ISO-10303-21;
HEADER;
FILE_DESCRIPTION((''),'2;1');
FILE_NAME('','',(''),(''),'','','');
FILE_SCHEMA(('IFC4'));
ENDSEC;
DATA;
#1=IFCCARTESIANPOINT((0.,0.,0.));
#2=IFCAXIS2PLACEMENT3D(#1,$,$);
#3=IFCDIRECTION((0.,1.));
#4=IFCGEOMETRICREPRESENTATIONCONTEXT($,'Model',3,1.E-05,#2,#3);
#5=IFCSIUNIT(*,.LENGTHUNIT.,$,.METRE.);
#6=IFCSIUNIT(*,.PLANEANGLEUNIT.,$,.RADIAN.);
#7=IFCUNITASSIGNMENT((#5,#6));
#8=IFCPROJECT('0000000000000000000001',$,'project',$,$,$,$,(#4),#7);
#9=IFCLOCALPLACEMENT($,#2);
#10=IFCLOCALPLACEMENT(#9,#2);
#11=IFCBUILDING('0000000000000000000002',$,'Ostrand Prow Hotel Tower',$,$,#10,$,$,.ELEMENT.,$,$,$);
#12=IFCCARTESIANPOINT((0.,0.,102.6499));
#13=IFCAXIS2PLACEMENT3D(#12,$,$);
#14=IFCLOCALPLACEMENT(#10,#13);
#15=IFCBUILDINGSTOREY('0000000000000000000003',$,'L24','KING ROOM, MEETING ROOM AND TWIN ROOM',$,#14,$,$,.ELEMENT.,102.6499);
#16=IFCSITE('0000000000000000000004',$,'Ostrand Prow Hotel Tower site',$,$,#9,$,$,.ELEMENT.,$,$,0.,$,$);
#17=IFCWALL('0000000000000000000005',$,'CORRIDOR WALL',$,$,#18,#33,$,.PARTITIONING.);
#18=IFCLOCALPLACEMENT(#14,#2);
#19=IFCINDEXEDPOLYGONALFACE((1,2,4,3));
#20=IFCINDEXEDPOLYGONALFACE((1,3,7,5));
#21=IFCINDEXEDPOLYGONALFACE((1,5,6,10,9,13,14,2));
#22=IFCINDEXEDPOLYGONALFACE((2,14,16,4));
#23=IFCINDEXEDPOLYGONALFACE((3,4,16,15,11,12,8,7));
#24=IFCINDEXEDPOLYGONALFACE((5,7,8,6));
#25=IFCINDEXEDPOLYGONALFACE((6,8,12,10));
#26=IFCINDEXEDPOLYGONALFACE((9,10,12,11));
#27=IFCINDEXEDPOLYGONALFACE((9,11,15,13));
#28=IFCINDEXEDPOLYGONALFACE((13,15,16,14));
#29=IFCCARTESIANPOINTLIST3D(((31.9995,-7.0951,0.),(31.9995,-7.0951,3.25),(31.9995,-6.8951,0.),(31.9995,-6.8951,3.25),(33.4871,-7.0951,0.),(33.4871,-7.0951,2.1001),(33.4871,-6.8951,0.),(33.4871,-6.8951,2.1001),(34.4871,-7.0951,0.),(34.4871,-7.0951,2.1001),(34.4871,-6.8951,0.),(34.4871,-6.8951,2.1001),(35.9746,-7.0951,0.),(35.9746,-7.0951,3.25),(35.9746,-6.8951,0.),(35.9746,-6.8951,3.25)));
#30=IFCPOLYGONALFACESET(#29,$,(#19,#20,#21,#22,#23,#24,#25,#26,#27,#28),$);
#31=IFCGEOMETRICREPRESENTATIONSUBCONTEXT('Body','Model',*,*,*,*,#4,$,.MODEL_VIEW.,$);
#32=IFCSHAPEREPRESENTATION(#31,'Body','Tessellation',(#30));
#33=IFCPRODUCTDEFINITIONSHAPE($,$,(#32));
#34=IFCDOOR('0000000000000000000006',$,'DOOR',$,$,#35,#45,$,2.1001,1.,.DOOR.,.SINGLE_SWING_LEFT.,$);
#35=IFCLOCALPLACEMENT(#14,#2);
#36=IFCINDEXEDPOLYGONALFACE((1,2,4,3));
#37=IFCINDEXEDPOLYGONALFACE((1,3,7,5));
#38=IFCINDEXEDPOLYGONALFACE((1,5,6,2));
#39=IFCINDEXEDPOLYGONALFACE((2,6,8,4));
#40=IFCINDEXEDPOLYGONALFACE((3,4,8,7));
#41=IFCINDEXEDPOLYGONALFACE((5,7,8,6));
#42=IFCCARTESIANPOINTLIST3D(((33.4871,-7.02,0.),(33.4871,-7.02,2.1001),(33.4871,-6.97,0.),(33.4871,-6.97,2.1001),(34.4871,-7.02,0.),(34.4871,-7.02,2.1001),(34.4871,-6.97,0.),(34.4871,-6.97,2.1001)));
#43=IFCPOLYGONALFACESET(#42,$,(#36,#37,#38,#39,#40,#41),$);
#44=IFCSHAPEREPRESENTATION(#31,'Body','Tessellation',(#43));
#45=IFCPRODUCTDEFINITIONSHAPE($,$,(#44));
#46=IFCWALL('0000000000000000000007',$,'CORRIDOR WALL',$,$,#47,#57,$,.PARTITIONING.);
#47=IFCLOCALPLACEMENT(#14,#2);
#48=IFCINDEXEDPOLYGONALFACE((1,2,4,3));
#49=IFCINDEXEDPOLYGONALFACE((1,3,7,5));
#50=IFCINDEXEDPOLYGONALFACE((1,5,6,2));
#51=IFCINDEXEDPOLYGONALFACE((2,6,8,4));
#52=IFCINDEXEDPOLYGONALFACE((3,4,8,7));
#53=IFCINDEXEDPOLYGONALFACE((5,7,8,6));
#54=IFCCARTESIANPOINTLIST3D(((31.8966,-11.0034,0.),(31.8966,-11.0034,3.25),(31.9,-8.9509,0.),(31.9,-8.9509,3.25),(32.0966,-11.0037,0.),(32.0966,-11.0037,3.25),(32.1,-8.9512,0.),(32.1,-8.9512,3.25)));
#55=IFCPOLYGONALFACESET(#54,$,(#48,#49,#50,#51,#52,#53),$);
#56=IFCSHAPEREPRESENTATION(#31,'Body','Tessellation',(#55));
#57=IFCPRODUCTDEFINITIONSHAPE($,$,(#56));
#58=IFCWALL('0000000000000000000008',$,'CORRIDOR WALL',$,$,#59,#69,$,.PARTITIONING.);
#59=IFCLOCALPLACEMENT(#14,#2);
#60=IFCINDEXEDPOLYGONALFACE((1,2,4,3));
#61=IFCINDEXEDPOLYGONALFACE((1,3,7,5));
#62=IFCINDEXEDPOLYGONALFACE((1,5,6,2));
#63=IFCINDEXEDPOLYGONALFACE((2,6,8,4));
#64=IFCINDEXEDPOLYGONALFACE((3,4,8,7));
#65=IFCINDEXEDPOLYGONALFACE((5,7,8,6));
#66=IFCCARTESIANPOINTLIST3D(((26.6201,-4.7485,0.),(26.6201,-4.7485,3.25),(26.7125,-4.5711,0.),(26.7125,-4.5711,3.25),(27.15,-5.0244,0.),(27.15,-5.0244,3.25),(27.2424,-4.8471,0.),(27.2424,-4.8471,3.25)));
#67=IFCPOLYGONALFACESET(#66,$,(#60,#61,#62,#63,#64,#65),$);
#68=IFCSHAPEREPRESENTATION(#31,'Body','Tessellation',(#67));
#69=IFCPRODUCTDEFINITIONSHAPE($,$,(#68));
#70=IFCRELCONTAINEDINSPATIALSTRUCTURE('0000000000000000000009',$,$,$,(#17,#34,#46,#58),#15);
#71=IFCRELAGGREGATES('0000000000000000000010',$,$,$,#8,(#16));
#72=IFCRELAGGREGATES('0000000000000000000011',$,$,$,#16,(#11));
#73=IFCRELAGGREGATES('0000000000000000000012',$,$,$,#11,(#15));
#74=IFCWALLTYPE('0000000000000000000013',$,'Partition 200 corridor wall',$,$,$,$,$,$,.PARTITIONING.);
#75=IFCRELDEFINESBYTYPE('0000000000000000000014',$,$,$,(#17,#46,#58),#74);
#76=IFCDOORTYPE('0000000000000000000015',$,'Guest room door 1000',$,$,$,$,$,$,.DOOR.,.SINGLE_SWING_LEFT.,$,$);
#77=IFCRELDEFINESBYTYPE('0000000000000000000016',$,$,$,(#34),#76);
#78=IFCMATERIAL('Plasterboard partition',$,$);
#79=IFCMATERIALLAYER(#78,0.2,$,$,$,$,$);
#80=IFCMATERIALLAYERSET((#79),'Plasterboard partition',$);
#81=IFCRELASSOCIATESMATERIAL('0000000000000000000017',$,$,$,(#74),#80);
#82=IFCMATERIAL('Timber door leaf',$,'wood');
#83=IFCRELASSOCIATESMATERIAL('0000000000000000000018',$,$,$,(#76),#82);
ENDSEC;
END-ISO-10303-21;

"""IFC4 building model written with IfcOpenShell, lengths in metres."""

from ifc_helpers import new_model, si_unit, direction, frame, frame_2d, origin, place, context, subcontext, project, spatial, rectangle, extrude, material, layer, layer_set, type_object, element, fill, save


model = new_model("IFC4")

# Units and contexts
model_context = context("Model", 3, precision=1e-05, world=origin(), true_north=direction((0.0, 1.0)))
body_context = subcontext(model_context, "Body", "Model", "MODEL_VIEW")
ifc_project = project(units=[si_unit("LENGTHUNIT", "METRE"), si_unit("PLANEANGLEUNIT", "RADIAN")], contexts=[model_context])

# Site, building, storey
site_placement = place(None, origin())
site = spatial("IfcSite", under=ifc_project, at=site_placement, Name="Ostrand Prow Hotel Tower site", CompositionType="ELEMENT", RefElevation=0.0)
building_placement = place(site_placement, origin())
building = spatial("IfcBuilding", under=site, at=building_placement, Name="Ostrand Prow Hotel Tower", CompositionType="ELEMENT")
storey_placement = place(building_placement, frame((0.0, 0.0, 102.6499)))
storey = spatial("IfcBuildingStorey", under=building, at=storey_placement, Name="L24", Description="KING ROOM, MEETING ROOM AND TWIN ROOM", CompositionType="ELEMENT", Elevation=102.6499)

# Shared definitions
ifc_material_1 = material(Name="Plasterboard partition")
ifc_layer_1 = layer(ifc_material_1, 0.2)
ifc_layer_set_1 = layer_set([ifc_layer_1], Name="Plasterboard partition")
wall_type_1 = type_object("IfcWallType", Name="Partition 200 corridor wall", PredefinedType="PARTITIONING", material=ifc_layer_set_1)
ifc_material_2 = material(Name="Timber door leaf", Category="wood")
door_type_1 = type_object("IfcDoorType", Name="Guest room door 1000", OperationType="SINGLE_SWING_LEFT", PredefinedType="DOOR", material=ifc_material_2)

# Wall, opening, door
wall_1_placement = place(storey_placement, frame((35.9746, -6.9951, 0.0), z_axis=(0.0, 0.0, 1.0), x_axis=(-1.0, 0.0, 0.0)))
wall_1 = element("IfcWall", 1, at=wall_1_placement, inside=storey, type_object=wall_type_1, Name="CORRIDOR WALL", PredefinedType="PARTITIONING", context=body_context, shape_type="SweptSolid", body=[
    extrude(rectangle(XDim=3.9751, YDim=0.2, at=frame_2d((1.9875, 0.0))), origin(), (0.0, 0.0, 1.0), 3.25),
])
opening_1_placement = place(wall_1_placement, frame((1.4875, 0.0, 0.0)))
opening_1 = element("IfcOpeningElement", 2, at=opening_1_placement, cuts=wall_1, PredefinedType="OPENING", context=body_context, shape_type="SweptSolid", body=[
    extrude(rectangle(XDim=1.0, YDim=2.1001, at=frame_2d((0.5, 1.05))), frame((0.0, 0.1099, 0.0), z_axis=(0.0, -1.0, 0.0), x_axis=(1.0, 0.0, 0.0)), (0.0, 0.0, 1.0), 0.22),
])
door_1_placement = place(opening_1_placement, origin())
door_1 = element("IfcDoor", 3, at=door_1_placement, inside=storey, type_object=door_type_1, Name="DOOR", OperationType="SINGLE_SWING_LEFT", OverallHeight=2.1001, OverallWidth=1.0, PredefinedType="DOOR", context=body_context, shape_type="SweptSolid", body=[
    extrude(rectangle(XDim=1.0, YDim=2.1001, at=frame_2d((0.5, 1.05))), frame((0.0, 0.0249, 0.0), z_axis=(0.0, -1.0, 0.0), x_axis=(1.0, 0.0, 0.0)), (0.0, 0.0, 1.0), 0.05),
])
fill(opening_1, door_1)

# Walls
wall_2_placement = place(storey_placement, frame((32.0, -8.9509, 0.0), z_axis=(0.0, 0.0, 1.0), x_axis=(-0.001665, -0.999999, 0.0)))
element("IfcWall", 4, at=wall_2_placement, inside=storey, type_object=wall_type_1, Name="CORRIDOR WALL", PredefinedType="PARTITIONING", context=body_context, shape_type="SweptSolid", body=[
    extrude(rectangle(XDim=2.0525, YDim=0.2, at=frame_2d((1.0264, 0.0))), origin(), (0.0, 0.0, 1.0), 3.25),
])
wall_3_placement = place(storey_placement, frame((27.1963, -4.9358, 0.0), z_axis=(0.0, 0.0, 1.0), x_axis=(-0.886949, 0.461867, 0.0)))
element("IfcWall", 5, at=wall_3_placement, inside=storey, type_object=wall_type_1, Name="CORRIDOR WALL", PredefinedType="PARTITIONING", context=body_context, shape_type="SweptSolid", body=[
    extrude(rectangle(XDim=0.5974, YDim=0.2, at=frame_2d((0.2988, 0.0))), origin(), (0.0, 0.0, 1.0), 3.25),
])

save(model, "model.ifc")
